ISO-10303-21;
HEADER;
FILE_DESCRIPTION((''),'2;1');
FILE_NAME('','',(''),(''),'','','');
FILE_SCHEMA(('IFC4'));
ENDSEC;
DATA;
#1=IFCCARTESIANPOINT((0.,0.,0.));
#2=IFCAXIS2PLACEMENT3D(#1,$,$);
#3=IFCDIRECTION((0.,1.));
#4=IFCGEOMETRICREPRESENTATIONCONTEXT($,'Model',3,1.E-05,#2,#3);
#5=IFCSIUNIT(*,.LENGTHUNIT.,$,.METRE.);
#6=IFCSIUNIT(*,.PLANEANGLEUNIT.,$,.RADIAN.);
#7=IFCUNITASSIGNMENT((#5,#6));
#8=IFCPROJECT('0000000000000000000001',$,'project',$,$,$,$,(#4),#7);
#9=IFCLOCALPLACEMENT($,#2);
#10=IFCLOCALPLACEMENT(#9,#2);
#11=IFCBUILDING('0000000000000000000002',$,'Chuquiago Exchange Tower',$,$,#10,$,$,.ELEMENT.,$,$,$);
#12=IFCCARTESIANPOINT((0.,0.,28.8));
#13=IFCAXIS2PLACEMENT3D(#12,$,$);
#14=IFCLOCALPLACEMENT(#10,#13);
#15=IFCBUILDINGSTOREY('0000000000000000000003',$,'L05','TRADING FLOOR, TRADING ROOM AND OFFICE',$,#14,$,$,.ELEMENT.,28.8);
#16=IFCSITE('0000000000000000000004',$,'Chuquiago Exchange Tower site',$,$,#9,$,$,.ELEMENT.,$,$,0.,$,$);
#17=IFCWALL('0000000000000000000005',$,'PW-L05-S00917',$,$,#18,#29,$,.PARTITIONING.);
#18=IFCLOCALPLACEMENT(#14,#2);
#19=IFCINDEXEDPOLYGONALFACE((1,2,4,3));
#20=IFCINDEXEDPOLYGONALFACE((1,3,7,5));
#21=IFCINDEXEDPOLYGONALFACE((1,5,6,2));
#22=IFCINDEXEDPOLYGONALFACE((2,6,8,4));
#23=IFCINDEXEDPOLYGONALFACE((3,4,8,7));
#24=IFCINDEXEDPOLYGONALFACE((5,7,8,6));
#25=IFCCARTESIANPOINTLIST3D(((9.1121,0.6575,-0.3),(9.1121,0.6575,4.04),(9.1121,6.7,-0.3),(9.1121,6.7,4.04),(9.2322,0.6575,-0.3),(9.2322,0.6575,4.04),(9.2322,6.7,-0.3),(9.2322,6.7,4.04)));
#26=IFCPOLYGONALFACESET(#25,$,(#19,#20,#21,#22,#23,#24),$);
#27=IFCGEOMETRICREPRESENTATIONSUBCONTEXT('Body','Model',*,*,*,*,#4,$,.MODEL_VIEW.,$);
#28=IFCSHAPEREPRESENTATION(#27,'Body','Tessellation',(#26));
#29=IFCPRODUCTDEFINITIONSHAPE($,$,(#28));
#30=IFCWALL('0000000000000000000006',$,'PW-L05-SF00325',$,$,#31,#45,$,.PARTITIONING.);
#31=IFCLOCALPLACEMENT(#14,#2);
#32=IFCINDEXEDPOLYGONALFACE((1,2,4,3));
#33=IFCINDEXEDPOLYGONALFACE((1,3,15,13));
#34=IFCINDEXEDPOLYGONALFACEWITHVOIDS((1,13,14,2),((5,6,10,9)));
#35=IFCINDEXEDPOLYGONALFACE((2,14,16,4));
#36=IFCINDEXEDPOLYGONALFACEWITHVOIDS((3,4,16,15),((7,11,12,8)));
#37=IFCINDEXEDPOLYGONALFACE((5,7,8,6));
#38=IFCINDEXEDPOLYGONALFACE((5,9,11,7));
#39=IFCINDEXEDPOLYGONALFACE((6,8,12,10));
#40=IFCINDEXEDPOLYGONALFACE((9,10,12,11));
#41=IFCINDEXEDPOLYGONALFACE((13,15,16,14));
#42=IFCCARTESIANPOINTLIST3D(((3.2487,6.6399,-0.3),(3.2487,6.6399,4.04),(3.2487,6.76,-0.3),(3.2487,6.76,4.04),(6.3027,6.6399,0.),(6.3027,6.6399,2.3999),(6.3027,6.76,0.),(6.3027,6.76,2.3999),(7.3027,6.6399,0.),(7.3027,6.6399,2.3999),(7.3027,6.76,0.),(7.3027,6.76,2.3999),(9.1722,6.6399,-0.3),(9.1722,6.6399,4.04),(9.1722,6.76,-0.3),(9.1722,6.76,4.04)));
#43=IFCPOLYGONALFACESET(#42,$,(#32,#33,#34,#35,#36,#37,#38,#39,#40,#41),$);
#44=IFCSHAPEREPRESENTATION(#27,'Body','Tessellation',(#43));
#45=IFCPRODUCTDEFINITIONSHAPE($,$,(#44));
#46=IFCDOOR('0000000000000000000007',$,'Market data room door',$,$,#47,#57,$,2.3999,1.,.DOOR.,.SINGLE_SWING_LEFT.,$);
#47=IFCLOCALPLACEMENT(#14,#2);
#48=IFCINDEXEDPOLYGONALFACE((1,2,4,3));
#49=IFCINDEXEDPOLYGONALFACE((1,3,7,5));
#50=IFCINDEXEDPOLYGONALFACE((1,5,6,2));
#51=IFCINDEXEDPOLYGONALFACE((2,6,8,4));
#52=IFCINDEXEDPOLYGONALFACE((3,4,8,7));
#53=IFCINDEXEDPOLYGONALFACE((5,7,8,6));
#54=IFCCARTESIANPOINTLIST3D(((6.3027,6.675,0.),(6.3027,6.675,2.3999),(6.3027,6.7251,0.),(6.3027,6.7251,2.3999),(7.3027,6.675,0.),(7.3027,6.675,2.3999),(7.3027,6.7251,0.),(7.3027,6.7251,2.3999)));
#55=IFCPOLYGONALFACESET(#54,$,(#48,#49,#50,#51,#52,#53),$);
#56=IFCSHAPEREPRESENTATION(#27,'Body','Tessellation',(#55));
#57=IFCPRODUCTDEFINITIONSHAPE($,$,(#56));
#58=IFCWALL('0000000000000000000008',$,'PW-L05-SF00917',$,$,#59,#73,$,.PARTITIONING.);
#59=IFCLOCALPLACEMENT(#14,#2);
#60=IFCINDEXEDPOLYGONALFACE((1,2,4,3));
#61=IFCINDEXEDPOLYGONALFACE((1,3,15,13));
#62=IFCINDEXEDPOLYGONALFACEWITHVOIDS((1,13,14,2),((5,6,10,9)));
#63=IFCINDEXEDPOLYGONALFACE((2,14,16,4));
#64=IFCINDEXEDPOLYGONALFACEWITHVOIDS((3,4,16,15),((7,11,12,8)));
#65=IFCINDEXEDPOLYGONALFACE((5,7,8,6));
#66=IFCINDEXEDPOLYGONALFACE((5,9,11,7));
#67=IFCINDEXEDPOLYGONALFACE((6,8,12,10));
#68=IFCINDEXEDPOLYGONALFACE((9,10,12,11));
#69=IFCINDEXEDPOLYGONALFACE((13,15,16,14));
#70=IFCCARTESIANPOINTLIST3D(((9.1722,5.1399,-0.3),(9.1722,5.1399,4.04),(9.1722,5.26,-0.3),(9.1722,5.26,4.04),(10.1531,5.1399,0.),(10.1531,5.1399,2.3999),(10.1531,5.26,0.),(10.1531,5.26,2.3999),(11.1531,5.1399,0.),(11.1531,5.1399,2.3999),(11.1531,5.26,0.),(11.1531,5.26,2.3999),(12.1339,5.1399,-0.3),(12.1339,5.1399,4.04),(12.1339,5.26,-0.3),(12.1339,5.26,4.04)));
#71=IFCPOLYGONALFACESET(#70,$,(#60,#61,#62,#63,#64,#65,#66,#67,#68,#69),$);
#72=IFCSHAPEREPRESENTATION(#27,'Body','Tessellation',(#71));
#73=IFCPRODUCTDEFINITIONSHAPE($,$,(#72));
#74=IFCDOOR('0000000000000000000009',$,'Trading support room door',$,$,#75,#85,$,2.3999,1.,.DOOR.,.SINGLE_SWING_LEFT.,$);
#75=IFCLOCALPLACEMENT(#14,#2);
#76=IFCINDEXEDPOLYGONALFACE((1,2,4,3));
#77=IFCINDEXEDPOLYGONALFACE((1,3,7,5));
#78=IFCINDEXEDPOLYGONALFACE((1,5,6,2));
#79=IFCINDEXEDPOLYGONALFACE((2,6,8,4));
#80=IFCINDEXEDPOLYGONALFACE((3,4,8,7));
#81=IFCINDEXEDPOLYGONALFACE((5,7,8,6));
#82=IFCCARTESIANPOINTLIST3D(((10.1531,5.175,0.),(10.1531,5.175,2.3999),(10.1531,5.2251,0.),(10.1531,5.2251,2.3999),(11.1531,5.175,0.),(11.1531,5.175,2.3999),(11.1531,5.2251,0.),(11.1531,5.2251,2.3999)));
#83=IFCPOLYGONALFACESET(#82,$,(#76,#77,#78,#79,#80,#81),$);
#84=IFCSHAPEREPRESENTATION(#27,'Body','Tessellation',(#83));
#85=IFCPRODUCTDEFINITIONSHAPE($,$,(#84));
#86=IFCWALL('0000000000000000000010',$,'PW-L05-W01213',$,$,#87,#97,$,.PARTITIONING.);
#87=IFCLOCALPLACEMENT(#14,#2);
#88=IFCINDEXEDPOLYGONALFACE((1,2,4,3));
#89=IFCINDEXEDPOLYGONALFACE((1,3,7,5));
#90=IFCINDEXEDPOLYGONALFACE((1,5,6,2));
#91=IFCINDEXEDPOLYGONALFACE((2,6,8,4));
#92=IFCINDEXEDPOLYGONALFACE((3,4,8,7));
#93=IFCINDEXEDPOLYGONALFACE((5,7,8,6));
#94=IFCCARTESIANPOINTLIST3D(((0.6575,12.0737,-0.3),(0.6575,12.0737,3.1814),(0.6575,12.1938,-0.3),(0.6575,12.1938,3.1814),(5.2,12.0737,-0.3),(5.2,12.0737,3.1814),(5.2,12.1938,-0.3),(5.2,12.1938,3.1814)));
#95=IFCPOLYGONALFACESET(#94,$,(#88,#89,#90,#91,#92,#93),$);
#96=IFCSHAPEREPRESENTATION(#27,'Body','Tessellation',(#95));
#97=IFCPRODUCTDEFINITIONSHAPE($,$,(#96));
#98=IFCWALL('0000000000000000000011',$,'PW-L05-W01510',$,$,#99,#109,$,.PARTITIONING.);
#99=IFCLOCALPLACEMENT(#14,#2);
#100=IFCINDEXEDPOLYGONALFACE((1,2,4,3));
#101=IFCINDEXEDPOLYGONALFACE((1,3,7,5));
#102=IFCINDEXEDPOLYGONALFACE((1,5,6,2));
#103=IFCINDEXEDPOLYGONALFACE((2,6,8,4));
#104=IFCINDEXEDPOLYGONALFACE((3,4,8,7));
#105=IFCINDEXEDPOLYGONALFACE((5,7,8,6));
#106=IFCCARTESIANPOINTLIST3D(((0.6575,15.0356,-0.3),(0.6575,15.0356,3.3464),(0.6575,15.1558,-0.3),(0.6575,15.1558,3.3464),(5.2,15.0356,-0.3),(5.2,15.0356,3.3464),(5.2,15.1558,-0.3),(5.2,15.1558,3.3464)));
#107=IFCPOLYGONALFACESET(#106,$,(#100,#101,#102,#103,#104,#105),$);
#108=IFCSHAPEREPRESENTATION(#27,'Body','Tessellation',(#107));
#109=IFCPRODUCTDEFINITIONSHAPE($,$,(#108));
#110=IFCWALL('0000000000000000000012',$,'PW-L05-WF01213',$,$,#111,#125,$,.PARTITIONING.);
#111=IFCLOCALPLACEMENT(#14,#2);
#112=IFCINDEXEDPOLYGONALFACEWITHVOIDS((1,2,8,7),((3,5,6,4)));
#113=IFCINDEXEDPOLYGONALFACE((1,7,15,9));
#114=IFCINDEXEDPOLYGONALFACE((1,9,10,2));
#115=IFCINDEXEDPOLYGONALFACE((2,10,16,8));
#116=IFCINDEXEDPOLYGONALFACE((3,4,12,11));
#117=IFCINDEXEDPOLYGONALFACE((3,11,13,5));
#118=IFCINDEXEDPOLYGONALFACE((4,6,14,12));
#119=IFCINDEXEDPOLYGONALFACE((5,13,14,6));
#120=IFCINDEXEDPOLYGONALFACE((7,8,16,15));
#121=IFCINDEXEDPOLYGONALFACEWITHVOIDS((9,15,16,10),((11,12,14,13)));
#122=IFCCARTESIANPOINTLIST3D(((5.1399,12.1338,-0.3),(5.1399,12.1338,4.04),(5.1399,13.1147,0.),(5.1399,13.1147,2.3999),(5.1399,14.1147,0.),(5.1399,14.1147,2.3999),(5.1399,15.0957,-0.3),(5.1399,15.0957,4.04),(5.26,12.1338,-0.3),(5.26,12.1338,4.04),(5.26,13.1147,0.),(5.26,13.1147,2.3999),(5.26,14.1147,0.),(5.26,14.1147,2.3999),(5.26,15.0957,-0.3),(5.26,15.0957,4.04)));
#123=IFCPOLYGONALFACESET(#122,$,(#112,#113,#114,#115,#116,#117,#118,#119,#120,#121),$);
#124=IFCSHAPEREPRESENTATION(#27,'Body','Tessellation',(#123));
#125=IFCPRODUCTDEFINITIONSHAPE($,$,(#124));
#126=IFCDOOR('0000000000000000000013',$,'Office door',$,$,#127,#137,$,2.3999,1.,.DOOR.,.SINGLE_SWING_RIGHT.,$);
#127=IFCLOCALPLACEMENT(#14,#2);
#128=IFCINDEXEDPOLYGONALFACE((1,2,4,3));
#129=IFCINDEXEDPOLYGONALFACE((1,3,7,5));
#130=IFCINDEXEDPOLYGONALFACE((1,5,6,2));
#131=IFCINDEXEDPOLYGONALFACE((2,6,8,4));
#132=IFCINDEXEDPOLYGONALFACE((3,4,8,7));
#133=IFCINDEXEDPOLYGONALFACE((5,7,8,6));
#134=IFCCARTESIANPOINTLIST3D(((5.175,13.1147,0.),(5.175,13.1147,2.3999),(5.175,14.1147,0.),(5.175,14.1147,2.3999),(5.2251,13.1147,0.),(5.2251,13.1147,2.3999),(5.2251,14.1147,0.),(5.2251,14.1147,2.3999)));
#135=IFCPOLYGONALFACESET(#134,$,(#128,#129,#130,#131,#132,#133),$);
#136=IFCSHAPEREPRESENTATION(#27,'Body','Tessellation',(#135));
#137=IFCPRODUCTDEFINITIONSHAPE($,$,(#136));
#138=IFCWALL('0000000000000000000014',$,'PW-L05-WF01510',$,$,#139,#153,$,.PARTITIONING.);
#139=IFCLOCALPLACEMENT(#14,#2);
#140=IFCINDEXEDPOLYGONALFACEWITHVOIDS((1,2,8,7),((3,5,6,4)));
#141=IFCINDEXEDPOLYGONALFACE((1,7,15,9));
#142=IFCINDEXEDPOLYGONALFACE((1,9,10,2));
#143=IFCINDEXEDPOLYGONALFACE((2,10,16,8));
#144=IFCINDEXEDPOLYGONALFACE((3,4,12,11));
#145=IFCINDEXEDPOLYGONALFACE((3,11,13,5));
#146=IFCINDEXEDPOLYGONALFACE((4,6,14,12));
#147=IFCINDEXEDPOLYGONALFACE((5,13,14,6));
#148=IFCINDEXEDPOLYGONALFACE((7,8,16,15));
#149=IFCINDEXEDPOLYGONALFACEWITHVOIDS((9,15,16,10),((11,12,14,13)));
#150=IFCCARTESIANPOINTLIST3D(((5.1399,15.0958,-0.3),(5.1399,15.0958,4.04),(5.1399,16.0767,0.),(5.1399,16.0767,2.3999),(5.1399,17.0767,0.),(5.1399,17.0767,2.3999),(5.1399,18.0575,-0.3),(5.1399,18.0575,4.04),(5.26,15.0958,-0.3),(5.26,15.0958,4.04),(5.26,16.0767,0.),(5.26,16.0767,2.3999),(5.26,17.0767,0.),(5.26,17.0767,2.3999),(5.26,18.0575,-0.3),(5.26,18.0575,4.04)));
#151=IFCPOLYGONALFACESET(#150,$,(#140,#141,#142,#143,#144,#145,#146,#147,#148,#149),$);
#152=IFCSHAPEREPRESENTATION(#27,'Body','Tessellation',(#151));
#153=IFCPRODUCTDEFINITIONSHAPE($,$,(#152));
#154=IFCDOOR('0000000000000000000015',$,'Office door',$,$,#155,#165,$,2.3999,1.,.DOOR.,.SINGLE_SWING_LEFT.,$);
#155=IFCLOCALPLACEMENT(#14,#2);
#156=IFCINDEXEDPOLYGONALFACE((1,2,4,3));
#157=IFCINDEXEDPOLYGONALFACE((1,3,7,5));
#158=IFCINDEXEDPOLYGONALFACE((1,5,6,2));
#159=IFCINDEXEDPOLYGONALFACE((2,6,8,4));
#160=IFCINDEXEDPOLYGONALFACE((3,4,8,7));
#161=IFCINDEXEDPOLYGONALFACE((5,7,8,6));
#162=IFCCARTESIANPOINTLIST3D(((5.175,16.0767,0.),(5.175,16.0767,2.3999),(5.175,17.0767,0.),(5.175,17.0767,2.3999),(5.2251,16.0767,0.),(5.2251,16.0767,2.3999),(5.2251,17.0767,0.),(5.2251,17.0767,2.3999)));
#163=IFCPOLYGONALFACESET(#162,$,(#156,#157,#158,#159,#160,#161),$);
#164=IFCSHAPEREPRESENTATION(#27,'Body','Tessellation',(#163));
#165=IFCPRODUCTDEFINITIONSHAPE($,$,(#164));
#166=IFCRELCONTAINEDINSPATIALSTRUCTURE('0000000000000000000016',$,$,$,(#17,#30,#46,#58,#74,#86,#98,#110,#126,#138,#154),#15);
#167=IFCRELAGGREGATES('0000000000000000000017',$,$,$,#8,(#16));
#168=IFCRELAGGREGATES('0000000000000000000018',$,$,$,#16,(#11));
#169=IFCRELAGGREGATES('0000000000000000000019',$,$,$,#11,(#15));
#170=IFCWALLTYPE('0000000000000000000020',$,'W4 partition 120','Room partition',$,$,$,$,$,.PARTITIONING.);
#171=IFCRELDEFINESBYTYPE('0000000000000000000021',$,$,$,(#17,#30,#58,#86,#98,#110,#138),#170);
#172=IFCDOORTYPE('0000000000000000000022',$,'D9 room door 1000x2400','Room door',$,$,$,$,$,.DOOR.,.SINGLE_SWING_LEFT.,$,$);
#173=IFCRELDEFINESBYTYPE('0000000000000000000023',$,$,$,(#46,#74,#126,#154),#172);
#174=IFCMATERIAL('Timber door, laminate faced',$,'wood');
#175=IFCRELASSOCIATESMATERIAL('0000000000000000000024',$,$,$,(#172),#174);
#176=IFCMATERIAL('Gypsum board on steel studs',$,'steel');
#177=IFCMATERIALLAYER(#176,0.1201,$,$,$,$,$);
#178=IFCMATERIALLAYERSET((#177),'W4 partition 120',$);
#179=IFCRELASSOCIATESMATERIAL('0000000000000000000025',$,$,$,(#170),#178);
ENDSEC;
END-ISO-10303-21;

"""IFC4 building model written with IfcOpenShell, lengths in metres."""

from ifc_helpers import new_model, si_unit, direction, frame, frame_2d, origin, place, context, subcontext, project, spatial, rectangle, extrude, material, layer, layer_set, type_object, element, fill, save


model = new_model("IFC4")

# Units and contexts
model_context = context("Model", 3, precision=1e-05, world=origin(), true_north=direction((0.0, 1.0)))
body_context = subcontext(model_context, "Body", "Model", "MODEL_VIEW")
ifc_project = project(units=[si_unit("LENGTHUNIT", "METRE"), si_unit("PLANEANGLEUNIT", "RADIAN")], contexts=[model_context])

# Site, building, storey
site_placement = place(None, origin())
site = spatial("IfcSite", under=ifc_project, at=site_placement, Name="Chuquiago Exchange Tower site", CompositionType="ELEMENT", RefElevation=0.0)
building_placement = place(site_placement, origin())
building = spatial("IfcBuilding", under=site, at=building_placement, Name="Chuquiago Exchange Tower", CompositionType="ELEMENT")
storey_placement = place(building_placement, frame((0.0, 0.0, 28.8)))
storey = spatial("IfcBuildingStorey", under=building, at=storey_placement, Name="L05", Description="TRADING FLOOR, TRADING ROOM AND OFFICE", CompositionType="ELEMENT", Elevation=28.8)

# Shared definitions
ifc_material_1 = material(Name="Timber door, laminate faced", Category="wood")
door_type = type_object("IfcDoorType", Name="D9 room door 1000x2400", Description="Room door", OperationType="SINGLE_SWING_LEFT", PredefinedType="DOOR", material=ifc_material_1)

# Wall
ifc_material_2 = material(Name="Gypsum board on steel studs", Category="steel")
ifc_layer_1 = layer(ifc_material_2, 0.1201)
ifc_layer_set_1 = layer_set([ifc_layer_1], Name="W4 partition 120")
wall_type_1 = type_object("IfcWallType", Name="W4 partition 120", Description="Room partition", PredefinedType="PARTITIONING", material=ifc_layer_set_1)
wall_1_placement = place(storey_placement, frame((9.1721, 0.6575, -0.3), z_axis=(0.0, 0.0, 1.0), x_axis=(0.0, 1.0, 0.0)))
element("IfcWall", 1, at=wall_1_placement, inside=storey, type_object=wall_type_1, Name="PW-L05-S00917", PredefinedType="PARTITIONING", context=body_context, shape_type="SweptSolid", body=[
    extrude(rectangle(XDim=6.0425, YDim=0.1201, at=frame_2d((3.0212, 0.0))), origin(), (0.0, 0.0, 1.0), 4.3401),
])

# Walls, openings, doors
wall_2_placement = place(storey_placement, frame((3.2485, 6.7, -0.3), z_axis=(0.0, 0.0, 1.0), x_axis=(1.0, 0.0, 0.0)))
wall_2 = element("IfcWall", 2, at=wall_2_placement, inside=storey, type_object=wall_type_1, Name="PW-L05-SF00325", PredefinedType="PARTITIONING", context=body_context, shape_type="SweptSolid", body=[
    extrude(rectangle(XDim=5.9236, YDim=0.1201, at=frame_2d((2.9619, 0.0))), origin(), (0.0, 0.0, 1.0), 4.3401),
])
opening_1_placement = place(wall_2_placement, frame((3.0542, 0.0, 0.3)))
opening_1 = element("IfcOpeningElement", 3, at=opening_1_placement, cuts=wall_2, PredefinedType="OPENING", context=body_context, shape_type="SweptSolid", body=[
    extrude(rectangle(XDim=1.0, YDim=2.3999, at=frame_2d((0.5, 1.2))), frame((0.0, 0.0701, 0.0), z_axis=(0.0, -1.0, 0.0), x_axis=(1.0, 0.0, 0.0)), (0.0, 0.0, 1.0), 0.1401),
])
door_1_placement = place(opening_1_placement, frame((1.0, 0.0, 0.0), z_axis=(0.0, 0.0, 1.0), x_axis=(-1.0, 0.0, 0.0)))
door_1 = element("IfcDoor", 4, at=door_1_placement, inside=storey, type_object=door_type, Name="Market data room door", OperationType="SINGLE_SWING_LEFT", OverallHeight=2.3999, OverallWidth=1.0, PredefinedType="DOOR", context=body_context, shape_type="SweptSolid", body=[
    extrude(rectangle(XDim=1.0, YDim=2.3999, at=frame_2d((0.5, 1.2))), frame((0.0, 0.0249, 0.0), z_axis=(0.0, -1.0, 0.0), x_axis=(1.0, 0.0, 0.0)), (0.0, 0.0, 1.0), 0.05),
])
fill(opening_1, door_1)
wall_3_placement = place(storey_placement, frame((9.1721, 5.2, -0.3), z_axis=(0.0, 0.0, 1.0), x_axis=(1.0, 0.0, 0.0)))
wall_3 = element("IfcWall", 5, at=wall_3_placement, inside=storey, type_object=wall_type_1, Name="PW-L05-SF00917", PredefinedType="PARTITIONING", context=body_context, shape_type="SweptSolid", body=[
    extrude(rectangle(XDim=2.9617, YDim=0.1201, at=frame_2d((1.481, 0.0))), origin(), (0.0, 0.0, 1.0), 4.3401),
])
opening_2_placement = place(wall_3_placement, frame((0.981, 0.0, 0.3)))
opening_2 = element("IfcOpeningElement", 6, at=opening_2_placement, cuts=wall_3, PredefinedType="OPENING", context=body_context, shape_type="SweptSolid", body=[
    extrude(rectangle(XDim=1.0, YDim=2.3999, at=frame_2d((0.5, 1.2))), frame((0.0, 0.0701, 0.0), z_axis=(0.0, -1.0, 0.0), x_axis=(1.0, 0.0, 0.0)), (0.0, 0.0, 1.0), 0.1401),
])
door_2_placement = place(opening_2_placement, frame((1.0, 0.0, 0.0), z_axis=(0.0, 0.0, 1.0), x_axis=(-1.0, 0.0, 0.0)))
door_2 = element("IfcDoor", 7, at=door_2_placement, inside=storey, type_object=door_type, Name="Trading support room door", OperationType="SINGLE_SWING_LEFT", OverallHeight=2.3999, OverallWidth=1.0, PredefinedType="DOOR", context=body_context, shape_type="SweptSolid", body=[
    extrude(rectangle(XDim=1.0, YDim=2.3999, at=frame_2d((0.5, 1.2))), frame((0.0, 0.0249, 0.0), z_axis=(0.0, -1.0, 0.0), x_axis=(1.0, 0.0, 0.0)), (0.0, 0.0, 1.0), 0.05),
])
fill(opening_2, door_2)

# Walls
wall_4_placement = place(storey_placement, frame((0.6575, 12.1338, -0.3), z_axis=(0.0, 0.0, 1.0), x_axis=(1.0, 0.0, 0.0)))
element("IfcWall", 8, at=wall_4_placement, inside=storey, type_object=wall_type_1, Name="PW-L05-W01213", PredefinedType="PARTITIONING", context=body_context, shape_type="SweptSolid", body=[
    extrude(rectangle(XDim=4.5425, YDim=0.1201, at=frame_2d((2.2712, 0.0))), origin(), (0.0, 0.0, 1.0), 3.4814),
])
wall_5_placement = place(storey_placement, frame((0.6575, 15.0957, -0.3), z_axis=(0.0, 0.0, 1.0), x_axis=(1.0, 0.0, 0.0)))
element("IfcWall", 9, at=wall_5_placement, inside=storey, type_object=wall_type_1, Name="PW-L05-W01510", PredefinedType="PARTITIONING", context=body_context, shape_type="SweptSolid", body=[
    extrude(rectangle(XDim=4.5425, YDim=0.1201, at=frame_2d((2.2712, 0.0))), origin(), (0.0, 0.0, 1.0), 3.6465),
])

# Walls, openings, doors
wall_6_placement = place(storey_placement, frame((5.2, 12.1338, -0.3), z_axis=(0.0, 0.0, 1.0), x_axis=(0.0, 1.0, 0.0)))
wall_6 = element("IfcWall", 10, at=wall_6_placement, inside=storey, type_object=wall_type_1, Name="PW-L05-WF01213", PredefinedType="PARTITIONING", context=body_context, shape_type="SweptSolid", body=[
    extrude(rectangle(XDim=2.9619, YDim=0.1201, at=frame_2d((1.481, 0.0))), origin(), (0.0, 0.0, 1.0), 4.3401),
])
opening_3_placement = place(wall_6_placement, frame((0.981, 0.0, 0.3)))
opening_3 = element("IfcOpeningElement", 11, at=opening_3_placement, cuts=wall_6, PredefinedType="OPENING", context=body_context, shape_type="SweptSolid", body=[
    extrude(rectangle(XDim=1.0, YDim=2.3999, at=frame_2d((0.5, 1.2))), frame((0.0, 0.0701, 0.0), z_axis=(0.0, -1.0, 0.0), x_axis=(1.0, 0.0, 0.0)), (0.0, 0.0, 1.0), 0.1401),
])
door_3_placement = place(opening_3_placement, origin())
door_3 = element("IfcDoor", 12, at=door_3_placement, inside=storey, type_object=door_type, Name="Office door", OperationType="SINGLE_SWING_RIGHT", OverallHeight=2.3999, OverallWidth=1.0, PredefinedType="DOOR", context=body_context, shape_type="SweptSolid", body=[
    extrude(rectangle(XDim=1.0, YDim=2.3999, at=frame_2d((0.5, 1.2))), frame((0.0, 0.0249, 0.0), z_axis=(0.0, -1.0, 0.0), x_axis=(1.0, 0.0, 0.0)), (0.0, 0.0, 1.0), 0.05),
])
fill(opening_3, door_3)
wall_7_placement = place(storey_placement, frame((5.2, 15.0957, -0.3), z_axis=(0.0, 0.0, 1.0), x_axis=(0.0, 1.0, 0.0)))
wall_7 = element("IfcWall", 13, at=wall_7_placement, inside=storey, type_object=wall_type_1, Name="PW-L05-WF01510", PredefinedType="PARTITIONING", context=body_context, shape_type="SweptSolid", body=[
    extrude(rectangle(XDim=2.9617, YDim=0.1201, at=frame_2d((1.481, 0.0))), origin(), (0.0, 0.0, 1.0), 4.3401),
])
opening_4_placement = place(wall_7_placement, frame((0.981, 0.0, 0.3)))
opening_4 = element("IfcOpeningElement", 14, at=opening_4_placement, cuts=wall_7, PredefinedType="OPENING", context=body_context, shape_type="SweptSolid", body=[
    extrude(rectangle(XDim=1.0, YDim=2.3999, at=frame_2d((0.5, 1.2))), frame((0.0, 0.0701, 0.0), z_axis=(0.0, -1.0, 0.0), x_axis=(1.0, 0.0, 0.0)), (0.0, 0.0, 1.0), 0.1401),
])
door_4_placement = place(opening_4_placement, origin())
door_4 = element("IfcDoor", 15, at=door_4_placement, inside=storey, type_object=door_type, Name="Office door", OperationType="SINGLE_SWING_LEFT", OverallHeight=2.3999, OverallWidth=1.0, PredefinedType="DOOR", context=body_context, shape_type="SweptSolid", body=[
    extrude(rectangle(XDim=1.0, YDim=2.3999, at=frame_2d((0.5, 1.2))), frame((0.0, 0.0249, 0.0), z_axis=(0.0, -1.0, 0.0), x_axis=(1.0, 0.0, 0.0)), (0.0, 0.0, 1.0), 0.05),
])
fill(opening_4, door_4)

save(model, "model.ifc")
